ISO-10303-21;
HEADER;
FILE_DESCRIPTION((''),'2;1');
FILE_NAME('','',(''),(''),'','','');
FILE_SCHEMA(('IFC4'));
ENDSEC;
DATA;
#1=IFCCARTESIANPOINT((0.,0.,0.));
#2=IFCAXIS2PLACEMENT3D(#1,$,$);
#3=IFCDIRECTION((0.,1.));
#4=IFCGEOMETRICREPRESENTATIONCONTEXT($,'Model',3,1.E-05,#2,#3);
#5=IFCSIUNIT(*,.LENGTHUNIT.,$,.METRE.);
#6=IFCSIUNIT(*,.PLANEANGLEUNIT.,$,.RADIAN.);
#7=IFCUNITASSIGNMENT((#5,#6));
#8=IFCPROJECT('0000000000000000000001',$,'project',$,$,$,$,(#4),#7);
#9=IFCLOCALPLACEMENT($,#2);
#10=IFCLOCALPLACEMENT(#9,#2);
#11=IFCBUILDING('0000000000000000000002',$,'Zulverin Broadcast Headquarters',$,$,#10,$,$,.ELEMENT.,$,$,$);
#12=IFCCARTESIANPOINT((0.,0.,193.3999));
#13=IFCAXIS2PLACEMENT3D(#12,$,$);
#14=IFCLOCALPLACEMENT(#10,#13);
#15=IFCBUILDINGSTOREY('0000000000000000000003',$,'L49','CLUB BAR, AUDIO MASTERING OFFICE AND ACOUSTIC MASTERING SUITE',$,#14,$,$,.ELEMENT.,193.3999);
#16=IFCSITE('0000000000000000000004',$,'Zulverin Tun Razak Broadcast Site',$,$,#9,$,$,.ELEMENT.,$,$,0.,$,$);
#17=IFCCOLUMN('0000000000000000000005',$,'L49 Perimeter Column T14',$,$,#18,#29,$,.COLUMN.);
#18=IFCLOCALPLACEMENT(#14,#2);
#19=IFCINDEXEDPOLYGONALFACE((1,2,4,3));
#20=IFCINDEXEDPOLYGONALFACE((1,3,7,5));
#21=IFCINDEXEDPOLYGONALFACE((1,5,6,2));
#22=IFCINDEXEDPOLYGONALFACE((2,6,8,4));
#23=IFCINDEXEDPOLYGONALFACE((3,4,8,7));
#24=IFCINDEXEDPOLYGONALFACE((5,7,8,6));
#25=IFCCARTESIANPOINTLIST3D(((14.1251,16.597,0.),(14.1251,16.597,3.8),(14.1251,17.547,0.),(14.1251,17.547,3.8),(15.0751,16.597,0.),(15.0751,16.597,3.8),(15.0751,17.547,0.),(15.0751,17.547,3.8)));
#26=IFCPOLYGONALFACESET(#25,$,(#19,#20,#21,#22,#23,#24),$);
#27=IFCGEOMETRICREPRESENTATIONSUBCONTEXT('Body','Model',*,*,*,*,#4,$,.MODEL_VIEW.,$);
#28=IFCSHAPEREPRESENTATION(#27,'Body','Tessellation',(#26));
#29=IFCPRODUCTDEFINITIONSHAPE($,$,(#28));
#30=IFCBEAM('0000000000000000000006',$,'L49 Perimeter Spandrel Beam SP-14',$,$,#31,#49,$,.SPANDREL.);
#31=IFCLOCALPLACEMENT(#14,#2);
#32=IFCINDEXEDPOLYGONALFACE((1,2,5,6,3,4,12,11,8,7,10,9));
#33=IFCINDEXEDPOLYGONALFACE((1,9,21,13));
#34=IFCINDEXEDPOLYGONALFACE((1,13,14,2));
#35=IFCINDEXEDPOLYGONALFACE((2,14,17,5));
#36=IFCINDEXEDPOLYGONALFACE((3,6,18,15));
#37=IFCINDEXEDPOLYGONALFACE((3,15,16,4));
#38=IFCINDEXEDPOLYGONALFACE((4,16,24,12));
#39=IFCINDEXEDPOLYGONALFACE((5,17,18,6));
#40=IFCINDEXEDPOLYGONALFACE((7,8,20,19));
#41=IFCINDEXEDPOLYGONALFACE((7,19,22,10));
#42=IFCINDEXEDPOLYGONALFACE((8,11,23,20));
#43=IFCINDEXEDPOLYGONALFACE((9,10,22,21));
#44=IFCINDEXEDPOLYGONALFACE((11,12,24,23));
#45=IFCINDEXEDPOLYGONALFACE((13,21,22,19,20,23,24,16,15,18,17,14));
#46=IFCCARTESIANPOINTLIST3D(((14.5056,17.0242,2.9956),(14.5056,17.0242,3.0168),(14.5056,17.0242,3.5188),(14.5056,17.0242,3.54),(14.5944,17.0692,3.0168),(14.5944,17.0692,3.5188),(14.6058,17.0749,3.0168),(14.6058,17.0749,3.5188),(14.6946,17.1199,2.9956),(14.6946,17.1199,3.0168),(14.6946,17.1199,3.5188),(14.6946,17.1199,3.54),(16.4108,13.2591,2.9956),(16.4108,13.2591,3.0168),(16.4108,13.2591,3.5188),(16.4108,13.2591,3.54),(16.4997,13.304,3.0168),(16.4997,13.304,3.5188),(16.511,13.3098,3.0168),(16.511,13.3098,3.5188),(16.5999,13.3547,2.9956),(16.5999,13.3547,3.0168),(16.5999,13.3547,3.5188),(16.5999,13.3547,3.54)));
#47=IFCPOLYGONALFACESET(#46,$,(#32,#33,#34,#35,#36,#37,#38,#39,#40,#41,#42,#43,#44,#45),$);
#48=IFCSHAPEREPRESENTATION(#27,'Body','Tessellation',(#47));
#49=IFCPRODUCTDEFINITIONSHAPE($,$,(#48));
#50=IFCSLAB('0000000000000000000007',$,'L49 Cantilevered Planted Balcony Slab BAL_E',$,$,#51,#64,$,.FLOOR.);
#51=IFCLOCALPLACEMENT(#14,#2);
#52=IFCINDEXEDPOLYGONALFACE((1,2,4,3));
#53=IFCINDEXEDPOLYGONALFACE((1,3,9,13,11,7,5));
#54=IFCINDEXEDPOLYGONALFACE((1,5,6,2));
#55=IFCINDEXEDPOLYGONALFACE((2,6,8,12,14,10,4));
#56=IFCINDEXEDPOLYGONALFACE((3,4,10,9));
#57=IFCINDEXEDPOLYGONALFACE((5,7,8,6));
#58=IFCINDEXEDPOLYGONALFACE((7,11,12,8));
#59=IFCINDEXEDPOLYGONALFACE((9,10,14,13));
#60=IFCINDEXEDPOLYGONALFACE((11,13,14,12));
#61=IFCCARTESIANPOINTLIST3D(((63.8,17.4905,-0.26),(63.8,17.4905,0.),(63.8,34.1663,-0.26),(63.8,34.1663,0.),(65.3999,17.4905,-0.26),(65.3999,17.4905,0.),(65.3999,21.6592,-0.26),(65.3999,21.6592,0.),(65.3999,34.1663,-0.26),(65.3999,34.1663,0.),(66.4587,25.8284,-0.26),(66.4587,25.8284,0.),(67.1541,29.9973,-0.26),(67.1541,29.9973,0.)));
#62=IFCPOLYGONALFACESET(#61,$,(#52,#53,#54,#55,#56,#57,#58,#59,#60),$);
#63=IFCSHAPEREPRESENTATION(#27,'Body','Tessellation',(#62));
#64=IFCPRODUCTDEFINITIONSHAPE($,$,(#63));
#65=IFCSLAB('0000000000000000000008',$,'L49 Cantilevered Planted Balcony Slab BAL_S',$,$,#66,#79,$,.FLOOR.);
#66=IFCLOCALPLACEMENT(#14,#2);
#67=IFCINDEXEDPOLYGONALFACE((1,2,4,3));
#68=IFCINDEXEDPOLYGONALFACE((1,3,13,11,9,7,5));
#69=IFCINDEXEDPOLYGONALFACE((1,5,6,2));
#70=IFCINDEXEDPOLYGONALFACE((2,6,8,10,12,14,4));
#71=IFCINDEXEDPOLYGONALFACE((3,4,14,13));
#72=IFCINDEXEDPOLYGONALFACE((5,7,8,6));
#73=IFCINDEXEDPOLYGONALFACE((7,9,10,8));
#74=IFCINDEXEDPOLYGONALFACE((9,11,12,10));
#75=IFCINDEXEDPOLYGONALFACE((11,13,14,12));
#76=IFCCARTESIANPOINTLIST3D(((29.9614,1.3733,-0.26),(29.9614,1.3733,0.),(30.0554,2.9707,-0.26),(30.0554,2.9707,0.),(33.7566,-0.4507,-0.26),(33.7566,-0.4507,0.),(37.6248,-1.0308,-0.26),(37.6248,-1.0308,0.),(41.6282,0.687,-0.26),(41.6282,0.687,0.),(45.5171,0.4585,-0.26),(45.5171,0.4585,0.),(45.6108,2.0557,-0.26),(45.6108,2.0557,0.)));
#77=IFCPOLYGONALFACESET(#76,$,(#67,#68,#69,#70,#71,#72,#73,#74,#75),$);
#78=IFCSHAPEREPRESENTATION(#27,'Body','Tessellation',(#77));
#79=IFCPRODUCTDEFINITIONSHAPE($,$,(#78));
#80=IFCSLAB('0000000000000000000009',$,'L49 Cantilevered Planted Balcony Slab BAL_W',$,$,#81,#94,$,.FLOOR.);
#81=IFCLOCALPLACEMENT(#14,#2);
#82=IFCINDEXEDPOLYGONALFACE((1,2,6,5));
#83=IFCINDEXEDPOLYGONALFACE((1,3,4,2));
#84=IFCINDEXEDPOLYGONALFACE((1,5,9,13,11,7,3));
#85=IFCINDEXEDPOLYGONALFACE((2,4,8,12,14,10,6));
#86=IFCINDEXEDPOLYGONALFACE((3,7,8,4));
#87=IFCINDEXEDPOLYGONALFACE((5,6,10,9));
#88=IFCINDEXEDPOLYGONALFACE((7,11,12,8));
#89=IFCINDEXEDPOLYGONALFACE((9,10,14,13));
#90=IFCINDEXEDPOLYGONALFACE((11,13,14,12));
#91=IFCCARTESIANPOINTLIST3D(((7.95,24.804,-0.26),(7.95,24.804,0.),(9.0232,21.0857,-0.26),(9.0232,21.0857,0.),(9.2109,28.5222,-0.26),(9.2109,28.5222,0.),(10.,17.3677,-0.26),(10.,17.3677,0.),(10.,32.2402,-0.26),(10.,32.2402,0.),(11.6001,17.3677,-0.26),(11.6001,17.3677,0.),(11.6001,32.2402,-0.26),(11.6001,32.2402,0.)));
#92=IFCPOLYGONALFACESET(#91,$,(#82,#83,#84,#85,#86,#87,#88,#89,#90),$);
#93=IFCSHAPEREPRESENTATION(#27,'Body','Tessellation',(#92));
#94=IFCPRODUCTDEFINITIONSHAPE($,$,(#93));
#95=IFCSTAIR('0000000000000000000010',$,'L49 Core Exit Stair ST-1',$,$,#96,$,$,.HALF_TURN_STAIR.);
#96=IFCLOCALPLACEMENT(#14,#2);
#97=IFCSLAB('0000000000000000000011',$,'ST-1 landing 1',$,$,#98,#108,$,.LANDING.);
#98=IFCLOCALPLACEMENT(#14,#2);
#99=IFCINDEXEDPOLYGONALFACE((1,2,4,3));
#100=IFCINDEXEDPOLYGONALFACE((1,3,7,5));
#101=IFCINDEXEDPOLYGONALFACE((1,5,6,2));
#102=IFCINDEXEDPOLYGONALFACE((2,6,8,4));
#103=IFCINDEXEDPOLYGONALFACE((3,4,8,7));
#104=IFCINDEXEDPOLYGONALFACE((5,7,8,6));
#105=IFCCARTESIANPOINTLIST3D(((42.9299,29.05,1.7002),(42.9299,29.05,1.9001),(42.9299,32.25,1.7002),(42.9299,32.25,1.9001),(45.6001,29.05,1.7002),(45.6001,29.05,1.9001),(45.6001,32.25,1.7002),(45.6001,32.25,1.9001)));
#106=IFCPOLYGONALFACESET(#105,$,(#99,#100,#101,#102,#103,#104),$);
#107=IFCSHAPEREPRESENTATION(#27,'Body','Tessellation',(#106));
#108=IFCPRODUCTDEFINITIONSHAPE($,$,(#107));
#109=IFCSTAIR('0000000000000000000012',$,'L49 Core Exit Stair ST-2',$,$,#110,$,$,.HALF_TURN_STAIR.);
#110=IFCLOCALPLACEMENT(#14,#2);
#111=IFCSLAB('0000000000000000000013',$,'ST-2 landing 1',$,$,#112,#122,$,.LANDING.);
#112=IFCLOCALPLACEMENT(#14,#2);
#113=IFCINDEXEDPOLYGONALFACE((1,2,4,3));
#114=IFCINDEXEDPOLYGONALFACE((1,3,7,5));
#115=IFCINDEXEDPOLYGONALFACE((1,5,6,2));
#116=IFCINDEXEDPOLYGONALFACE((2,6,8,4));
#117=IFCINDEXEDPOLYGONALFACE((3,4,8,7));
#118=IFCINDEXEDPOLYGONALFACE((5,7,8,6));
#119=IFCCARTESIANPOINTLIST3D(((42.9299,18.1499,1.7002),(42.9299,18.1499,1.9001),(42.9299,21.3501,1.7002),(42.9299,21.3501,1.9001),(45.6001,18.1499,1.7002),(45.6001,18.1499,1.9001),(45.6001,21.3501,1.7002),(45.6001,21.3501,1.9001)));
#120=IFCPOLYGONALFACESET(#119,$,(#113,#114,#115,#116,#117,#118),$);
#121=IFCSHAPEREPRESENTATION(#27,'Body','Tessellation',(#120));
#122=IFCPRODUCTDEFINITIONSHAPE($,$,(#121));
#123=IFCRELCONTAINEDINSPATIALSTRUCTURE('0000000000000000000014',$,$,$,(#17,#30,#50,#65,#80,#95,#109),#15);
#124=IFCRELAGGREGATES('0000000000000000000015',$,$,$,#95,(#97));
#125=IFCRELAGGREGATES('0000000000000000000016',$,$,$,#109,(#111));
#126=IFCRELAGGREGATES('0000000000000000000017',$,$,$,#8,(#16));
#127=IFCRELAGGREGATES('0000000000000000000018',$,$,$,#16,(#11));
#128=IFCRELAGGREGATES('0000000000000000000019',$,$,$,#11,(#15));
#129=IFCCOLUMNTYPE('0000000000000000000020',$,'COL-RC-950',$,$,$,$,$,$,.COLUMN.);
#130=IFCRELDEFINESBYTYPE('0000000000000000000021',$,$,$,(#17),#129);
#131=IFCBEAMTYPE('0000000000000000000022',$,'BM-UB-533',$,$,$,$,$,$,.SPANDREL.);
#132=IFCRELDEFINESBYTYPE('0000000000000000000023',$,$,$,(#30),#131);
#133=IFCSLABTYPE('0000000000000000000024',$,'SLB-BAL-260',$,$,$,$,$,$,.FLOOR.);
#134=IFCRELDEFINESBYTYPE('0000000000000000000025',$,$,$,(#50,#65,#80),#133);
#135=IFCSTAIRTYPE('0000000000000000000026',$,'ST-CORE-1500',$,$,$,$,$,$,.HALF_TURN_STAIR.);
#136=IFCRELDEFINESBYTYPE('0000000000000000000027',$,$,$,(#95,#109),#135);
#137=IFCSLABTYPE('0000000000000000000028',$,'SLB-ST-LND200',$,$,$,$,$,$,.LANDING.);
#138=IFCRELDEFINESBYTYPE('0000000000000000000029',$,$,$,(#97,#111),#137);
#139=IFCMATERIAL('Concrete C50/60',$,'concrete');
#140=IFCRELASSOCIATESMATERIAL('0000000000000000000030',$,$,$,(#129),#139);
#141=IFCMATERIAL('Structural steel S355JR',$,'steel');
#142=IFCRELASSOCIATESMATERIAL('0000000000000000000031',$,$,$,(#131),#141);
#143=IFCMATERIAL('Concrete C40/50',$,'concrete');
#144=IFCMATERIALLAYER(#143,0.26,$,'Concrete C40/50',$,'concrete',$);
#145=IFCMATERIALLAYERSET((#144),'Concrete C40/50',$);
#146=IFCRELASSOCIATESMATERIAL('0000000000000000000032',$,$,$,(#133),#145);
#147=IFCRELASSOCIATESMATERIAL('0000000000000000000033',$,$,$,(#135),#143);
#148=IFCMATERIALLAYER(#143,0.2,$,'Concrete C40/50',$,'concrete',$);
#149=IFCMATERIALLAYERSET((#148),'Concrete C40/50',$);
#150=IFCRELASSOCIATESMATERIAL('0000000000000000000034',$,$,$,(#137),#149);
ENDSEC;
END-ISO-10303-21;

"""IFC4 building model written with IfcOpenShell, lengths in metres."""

from ifc_helpers import new_model, si_unit, direction, frame, origin, origin_2d, place, context, subcontext, project, spatial, polyline, rectangle, i_section, outline, extrude, material, layer, layer_set, material_profile, profile_set, type_object, element, aggregate, save


model = new_model("IFC4")

# Units and contexts
model_context = context("Model", 3, precision=1e-05, world=origin(), true_north=direction((0.0, 1.0)))
body_context = subcontext(model_context, "Body", "Model", "MODEL_VIEW")
ifc_project = project(units=[si_unit("LENGTHUNIT", "METRE"), si_unit("PLANEANGLEUNIT", "RADIAN")], contexts=[model_context])

# Site, building, storey
site_placement = place(None, origin())
site = spatial("IfcSite", under=ifc_project, at=site_placement, Name="Zulverin Tun Razak Broadcast Site", CompositionType="ELEMENT", RefElevation=0.0)
building_placement = place(site_placement, origin())
building = spatial("IfcBuilding", under=site, at=building_placement, Name="Zulverin Broadcast Headquarters", CompositionType="ELEMENT")
storey_placement = place(building_placement, frame((0.0, 0.0, 193.3999)))
storey = spatial("IfcBuildingStorey", under=building, at=storey_placement, Name="L49", Description="CLUB BAR, AUDIO MASTERING OFFICE AND ACOUSTIC MASTERING SUITE", CompositionType="ELEMENT", Elevation=193.3999)

# Column
ifc_material_1 = material(Name="Concrete C50/60", Category="concrete")
ifc_material_profile_1 = material_profile(ifc_material_1, rectangle(XDim=0.95, YDim=0.95, at=origin_2d()), Name="Concrete C50/60", Category="concrete")
ifc_profile_set_1 = profile_set([ifc_material_profile_1], Name="Concrete C50/60")
column_type = type_object("IfcColumnType", Name="COL-RC-950", PredefinedType="COLUMN", material=ifc_profile_set_1)
column_placement = place(storey_placement, frame((14.6001, 17.072, 0.0), z_axis=(0.0, 0.0, 1.0), x_axis=(1.0, 0.0, 0.0)))
element("IfcColumn", 1, at=column_placement, inside=storey, type_object=column_type, Name="L49 Perimeter Column T14", PredefinedType="COLUMN", context=body_context, shape_type="SweptSolid", body=[
    extrude(rectangle(XDim=0.95, YDim=0.95, at=origin_2d()), origin(), (0.0, 0.0, 1.0), 3.8),
])

# Beam
ifc_material_2 = material(Name="Structural steel S355JR", Category="steel")
ifc_material_profile_2 = material_profile(ifc_material_2, i_section(OverallWidth=0.2119, OverallDepth=0.5444, WebThickness=0.0127, FlangeThickness=0.0212, at=origin_2d()), Name="Structural steel S355JR", Category="steel")
ifc_profile_set_2 = profile_set([ifc_material_profile_2], Name="Structural steel S355JR")
beam_type = type_object("IfcBeamType", Name="BM-UB-533", PredefinedType="SPANDREL", material=ifc_profile_set_2)
beam_placement = place(storey_placement, frame((14.6001, 17.072, 3.2678), z_axis=(0.451513, -0.892265, 0.0), x_axis=(0.892265, 0.451513, 0.0)))
element("IfcBeam", 2, at=beam_placement, inside=storey, type_object=beam_type, Name="L49 Perimeter Spandrel Beam SP-14", PredefinedType="SPANDREL", context=body_context, shape_type="SweptSolid", body=[
    extrude(i_section(OverallWidth=0.2119, OverallDepth=0.5444, WebThickness=0.0127, FlangeThickness=0.0212, at=origin_2d()), origin(), (0.0, 0.0, 1.0), 4.2197),
])

# Slabs
ifc_material_3 = material(Name="Concrete C40/50", Category="concrete")
ifc_layer_1 = layer(ifc_material_3, 0.26, Name="Concrete C40/50", Category="concrete")
ifc_layer_set_1 = layer_set([ifc_layer_1], Name="Concrete C40/50")
slab_type_1 = type_object("IfcSlabType", Name="SLB-BAL-260", PredefinedType="FLOOR", material=ifc_layer_set_1)
slab_1_placement = place(storey_placement, frame((0.0, 0.0, -0.26)))
element("IfcSlab", 3, at=slab_1_placement, inside=storey, type_object=slab_type_1, Name="L49 Cantilevered Planted Balcony Slab BAL_E", PredefinedType="FLOOR", context=body_context, shape_type="SweptSolid", body=[
    extrude(outline(polyline([(63.8, 34.1663), (63.8, 17.4905), (65.3999, 17.4905), (65.3999, 21.6592), (66.4587, 25.8284), (67.1541, 29.9973), (65.3999, 34.1663), (63.8, 34.1663)])), origin(), (0.0, 0.0, 1.0), 0.26),
])
slab_2_placement = place(storey_placement, frame((0.0, 0.0, -0.26)))
element("IfcSlab", 4, at=slab_2_placement, inside=storey, type_object=slab_type_1, Name="L49 Cantilevered Planted Balcony Slab BAL_S", PredefinedType="FLOOR", context=body_context, shape_type="SweptSolid", body=[
    extrude(outline(polyline([(45.6108, 2.0557), (30.0554, 2.9707), (29.9614, 1.3733), (33.7566, -0.4507), (37.6248, -1.0308), (41.6282, 0.687), (45.5171, 0.4585), (45.6108, 2.0557)])), origin(), (0.0, 0.0, 1.0), 0.26),
])
slab_3_placement = place(storey_placement, frame((0.0, 0.0, -0.26)))
element("IfcSlab", 5, at=slab_3_placement, inside=storey, type_object=slab_type_1, Name="L49 Cantilevered Planted Balcony Slab BAL_W", PredefinedType="FLOOR", context=body_context, shape_type="SweptSolid", body=[
    extrude(outline(polyline([(11.6001, 17.3677), (11.6001, 32.2402), (10.0, 32.2402), (9.2109, 28.5222), (7.95, 24.804), (9.0232, 21.0857), (10.0, 17.3677), (11.6001, 17.3677)])), origin(), (0.0, 0.0, 1.0), 0.26),
])

# Stairs, slabs
stair_type = type_object("IfcStairType", Name="ST-CORE-1500", PredefinedType="HALF_TURN_STAIR", material=ifc_material_3)
stair_1_placement = place(storey_placement, origin())
stair_1 = element("IfcStair", 6, at=stair_1_placement, inside=storey, type_object=stair_type, Name="L49 Core Exit Stair ST-1", PredefinedType="HALF_TURN_STAIR")
ifc_layer_2 = layer(ifc_material_3, 0.2, Name="Concrete C40/50", Category="concrete")
ifc_layer_set_2 = layer_set([ifc_layer_2], Name="Concrete C40/50")
slab_type_2 = type_object("IfcSlabType", Name="SLB-ST-LND200", PredefinedType="LANDING", material=ifc_layer_set_2)
slab_4_placement = place(storey_placement, frame((0.0, 0.0, 1.7002)))
slab_4 = element("IfcSlab", 7, at=slab_4_placement, type_object=slab_type_2, Name="ST-1 landing 1", PredefinedType="LANDING", context=body_context, shape_type="SweptSolid", body=[
    extrude(outline(polyline([(42.9299, 29.05), (45.6001, 29.05), (45.6001, 32.25), (42.9299, 32.25), (42.9299, 29.05)])), origin(), (0.0, 0.0, 1.0), 0.2),
])
aggregate(stair_1, [slab_4])
stair_2_placement = place(storey_placement, origin())
stair_2 = element("IfcStair", 8, at=stair_2_placement, inside=storey, type_object=stair_type, Name="L49 Core Exit Stair ST-2", PredefinedType="HALF_TURN_STAIR")
slab_5_placement = place(storey_placement, frame((0.0, 0.0, 1.7002)))
slab_5 = element("IfcSlab", 9, at=slab_5_placement, type_object=slab_type_2, Name="ST-2 landing 1", PredefinedType="LANDING", context=body_context, shape_type="SweptSolid", body=[
    extrude(outline(polyline([(42.9299, 18.1499), (45.6001, 18.1499), (45.6001, 21.3501), (42.9299, 21.3501), (42.9299, 18.1499)])), origin(), (0.0, 0.0, 1.0), 0.2),
])
aggregate(stair_2, [slab_5])

save(model, "model.ifc")
